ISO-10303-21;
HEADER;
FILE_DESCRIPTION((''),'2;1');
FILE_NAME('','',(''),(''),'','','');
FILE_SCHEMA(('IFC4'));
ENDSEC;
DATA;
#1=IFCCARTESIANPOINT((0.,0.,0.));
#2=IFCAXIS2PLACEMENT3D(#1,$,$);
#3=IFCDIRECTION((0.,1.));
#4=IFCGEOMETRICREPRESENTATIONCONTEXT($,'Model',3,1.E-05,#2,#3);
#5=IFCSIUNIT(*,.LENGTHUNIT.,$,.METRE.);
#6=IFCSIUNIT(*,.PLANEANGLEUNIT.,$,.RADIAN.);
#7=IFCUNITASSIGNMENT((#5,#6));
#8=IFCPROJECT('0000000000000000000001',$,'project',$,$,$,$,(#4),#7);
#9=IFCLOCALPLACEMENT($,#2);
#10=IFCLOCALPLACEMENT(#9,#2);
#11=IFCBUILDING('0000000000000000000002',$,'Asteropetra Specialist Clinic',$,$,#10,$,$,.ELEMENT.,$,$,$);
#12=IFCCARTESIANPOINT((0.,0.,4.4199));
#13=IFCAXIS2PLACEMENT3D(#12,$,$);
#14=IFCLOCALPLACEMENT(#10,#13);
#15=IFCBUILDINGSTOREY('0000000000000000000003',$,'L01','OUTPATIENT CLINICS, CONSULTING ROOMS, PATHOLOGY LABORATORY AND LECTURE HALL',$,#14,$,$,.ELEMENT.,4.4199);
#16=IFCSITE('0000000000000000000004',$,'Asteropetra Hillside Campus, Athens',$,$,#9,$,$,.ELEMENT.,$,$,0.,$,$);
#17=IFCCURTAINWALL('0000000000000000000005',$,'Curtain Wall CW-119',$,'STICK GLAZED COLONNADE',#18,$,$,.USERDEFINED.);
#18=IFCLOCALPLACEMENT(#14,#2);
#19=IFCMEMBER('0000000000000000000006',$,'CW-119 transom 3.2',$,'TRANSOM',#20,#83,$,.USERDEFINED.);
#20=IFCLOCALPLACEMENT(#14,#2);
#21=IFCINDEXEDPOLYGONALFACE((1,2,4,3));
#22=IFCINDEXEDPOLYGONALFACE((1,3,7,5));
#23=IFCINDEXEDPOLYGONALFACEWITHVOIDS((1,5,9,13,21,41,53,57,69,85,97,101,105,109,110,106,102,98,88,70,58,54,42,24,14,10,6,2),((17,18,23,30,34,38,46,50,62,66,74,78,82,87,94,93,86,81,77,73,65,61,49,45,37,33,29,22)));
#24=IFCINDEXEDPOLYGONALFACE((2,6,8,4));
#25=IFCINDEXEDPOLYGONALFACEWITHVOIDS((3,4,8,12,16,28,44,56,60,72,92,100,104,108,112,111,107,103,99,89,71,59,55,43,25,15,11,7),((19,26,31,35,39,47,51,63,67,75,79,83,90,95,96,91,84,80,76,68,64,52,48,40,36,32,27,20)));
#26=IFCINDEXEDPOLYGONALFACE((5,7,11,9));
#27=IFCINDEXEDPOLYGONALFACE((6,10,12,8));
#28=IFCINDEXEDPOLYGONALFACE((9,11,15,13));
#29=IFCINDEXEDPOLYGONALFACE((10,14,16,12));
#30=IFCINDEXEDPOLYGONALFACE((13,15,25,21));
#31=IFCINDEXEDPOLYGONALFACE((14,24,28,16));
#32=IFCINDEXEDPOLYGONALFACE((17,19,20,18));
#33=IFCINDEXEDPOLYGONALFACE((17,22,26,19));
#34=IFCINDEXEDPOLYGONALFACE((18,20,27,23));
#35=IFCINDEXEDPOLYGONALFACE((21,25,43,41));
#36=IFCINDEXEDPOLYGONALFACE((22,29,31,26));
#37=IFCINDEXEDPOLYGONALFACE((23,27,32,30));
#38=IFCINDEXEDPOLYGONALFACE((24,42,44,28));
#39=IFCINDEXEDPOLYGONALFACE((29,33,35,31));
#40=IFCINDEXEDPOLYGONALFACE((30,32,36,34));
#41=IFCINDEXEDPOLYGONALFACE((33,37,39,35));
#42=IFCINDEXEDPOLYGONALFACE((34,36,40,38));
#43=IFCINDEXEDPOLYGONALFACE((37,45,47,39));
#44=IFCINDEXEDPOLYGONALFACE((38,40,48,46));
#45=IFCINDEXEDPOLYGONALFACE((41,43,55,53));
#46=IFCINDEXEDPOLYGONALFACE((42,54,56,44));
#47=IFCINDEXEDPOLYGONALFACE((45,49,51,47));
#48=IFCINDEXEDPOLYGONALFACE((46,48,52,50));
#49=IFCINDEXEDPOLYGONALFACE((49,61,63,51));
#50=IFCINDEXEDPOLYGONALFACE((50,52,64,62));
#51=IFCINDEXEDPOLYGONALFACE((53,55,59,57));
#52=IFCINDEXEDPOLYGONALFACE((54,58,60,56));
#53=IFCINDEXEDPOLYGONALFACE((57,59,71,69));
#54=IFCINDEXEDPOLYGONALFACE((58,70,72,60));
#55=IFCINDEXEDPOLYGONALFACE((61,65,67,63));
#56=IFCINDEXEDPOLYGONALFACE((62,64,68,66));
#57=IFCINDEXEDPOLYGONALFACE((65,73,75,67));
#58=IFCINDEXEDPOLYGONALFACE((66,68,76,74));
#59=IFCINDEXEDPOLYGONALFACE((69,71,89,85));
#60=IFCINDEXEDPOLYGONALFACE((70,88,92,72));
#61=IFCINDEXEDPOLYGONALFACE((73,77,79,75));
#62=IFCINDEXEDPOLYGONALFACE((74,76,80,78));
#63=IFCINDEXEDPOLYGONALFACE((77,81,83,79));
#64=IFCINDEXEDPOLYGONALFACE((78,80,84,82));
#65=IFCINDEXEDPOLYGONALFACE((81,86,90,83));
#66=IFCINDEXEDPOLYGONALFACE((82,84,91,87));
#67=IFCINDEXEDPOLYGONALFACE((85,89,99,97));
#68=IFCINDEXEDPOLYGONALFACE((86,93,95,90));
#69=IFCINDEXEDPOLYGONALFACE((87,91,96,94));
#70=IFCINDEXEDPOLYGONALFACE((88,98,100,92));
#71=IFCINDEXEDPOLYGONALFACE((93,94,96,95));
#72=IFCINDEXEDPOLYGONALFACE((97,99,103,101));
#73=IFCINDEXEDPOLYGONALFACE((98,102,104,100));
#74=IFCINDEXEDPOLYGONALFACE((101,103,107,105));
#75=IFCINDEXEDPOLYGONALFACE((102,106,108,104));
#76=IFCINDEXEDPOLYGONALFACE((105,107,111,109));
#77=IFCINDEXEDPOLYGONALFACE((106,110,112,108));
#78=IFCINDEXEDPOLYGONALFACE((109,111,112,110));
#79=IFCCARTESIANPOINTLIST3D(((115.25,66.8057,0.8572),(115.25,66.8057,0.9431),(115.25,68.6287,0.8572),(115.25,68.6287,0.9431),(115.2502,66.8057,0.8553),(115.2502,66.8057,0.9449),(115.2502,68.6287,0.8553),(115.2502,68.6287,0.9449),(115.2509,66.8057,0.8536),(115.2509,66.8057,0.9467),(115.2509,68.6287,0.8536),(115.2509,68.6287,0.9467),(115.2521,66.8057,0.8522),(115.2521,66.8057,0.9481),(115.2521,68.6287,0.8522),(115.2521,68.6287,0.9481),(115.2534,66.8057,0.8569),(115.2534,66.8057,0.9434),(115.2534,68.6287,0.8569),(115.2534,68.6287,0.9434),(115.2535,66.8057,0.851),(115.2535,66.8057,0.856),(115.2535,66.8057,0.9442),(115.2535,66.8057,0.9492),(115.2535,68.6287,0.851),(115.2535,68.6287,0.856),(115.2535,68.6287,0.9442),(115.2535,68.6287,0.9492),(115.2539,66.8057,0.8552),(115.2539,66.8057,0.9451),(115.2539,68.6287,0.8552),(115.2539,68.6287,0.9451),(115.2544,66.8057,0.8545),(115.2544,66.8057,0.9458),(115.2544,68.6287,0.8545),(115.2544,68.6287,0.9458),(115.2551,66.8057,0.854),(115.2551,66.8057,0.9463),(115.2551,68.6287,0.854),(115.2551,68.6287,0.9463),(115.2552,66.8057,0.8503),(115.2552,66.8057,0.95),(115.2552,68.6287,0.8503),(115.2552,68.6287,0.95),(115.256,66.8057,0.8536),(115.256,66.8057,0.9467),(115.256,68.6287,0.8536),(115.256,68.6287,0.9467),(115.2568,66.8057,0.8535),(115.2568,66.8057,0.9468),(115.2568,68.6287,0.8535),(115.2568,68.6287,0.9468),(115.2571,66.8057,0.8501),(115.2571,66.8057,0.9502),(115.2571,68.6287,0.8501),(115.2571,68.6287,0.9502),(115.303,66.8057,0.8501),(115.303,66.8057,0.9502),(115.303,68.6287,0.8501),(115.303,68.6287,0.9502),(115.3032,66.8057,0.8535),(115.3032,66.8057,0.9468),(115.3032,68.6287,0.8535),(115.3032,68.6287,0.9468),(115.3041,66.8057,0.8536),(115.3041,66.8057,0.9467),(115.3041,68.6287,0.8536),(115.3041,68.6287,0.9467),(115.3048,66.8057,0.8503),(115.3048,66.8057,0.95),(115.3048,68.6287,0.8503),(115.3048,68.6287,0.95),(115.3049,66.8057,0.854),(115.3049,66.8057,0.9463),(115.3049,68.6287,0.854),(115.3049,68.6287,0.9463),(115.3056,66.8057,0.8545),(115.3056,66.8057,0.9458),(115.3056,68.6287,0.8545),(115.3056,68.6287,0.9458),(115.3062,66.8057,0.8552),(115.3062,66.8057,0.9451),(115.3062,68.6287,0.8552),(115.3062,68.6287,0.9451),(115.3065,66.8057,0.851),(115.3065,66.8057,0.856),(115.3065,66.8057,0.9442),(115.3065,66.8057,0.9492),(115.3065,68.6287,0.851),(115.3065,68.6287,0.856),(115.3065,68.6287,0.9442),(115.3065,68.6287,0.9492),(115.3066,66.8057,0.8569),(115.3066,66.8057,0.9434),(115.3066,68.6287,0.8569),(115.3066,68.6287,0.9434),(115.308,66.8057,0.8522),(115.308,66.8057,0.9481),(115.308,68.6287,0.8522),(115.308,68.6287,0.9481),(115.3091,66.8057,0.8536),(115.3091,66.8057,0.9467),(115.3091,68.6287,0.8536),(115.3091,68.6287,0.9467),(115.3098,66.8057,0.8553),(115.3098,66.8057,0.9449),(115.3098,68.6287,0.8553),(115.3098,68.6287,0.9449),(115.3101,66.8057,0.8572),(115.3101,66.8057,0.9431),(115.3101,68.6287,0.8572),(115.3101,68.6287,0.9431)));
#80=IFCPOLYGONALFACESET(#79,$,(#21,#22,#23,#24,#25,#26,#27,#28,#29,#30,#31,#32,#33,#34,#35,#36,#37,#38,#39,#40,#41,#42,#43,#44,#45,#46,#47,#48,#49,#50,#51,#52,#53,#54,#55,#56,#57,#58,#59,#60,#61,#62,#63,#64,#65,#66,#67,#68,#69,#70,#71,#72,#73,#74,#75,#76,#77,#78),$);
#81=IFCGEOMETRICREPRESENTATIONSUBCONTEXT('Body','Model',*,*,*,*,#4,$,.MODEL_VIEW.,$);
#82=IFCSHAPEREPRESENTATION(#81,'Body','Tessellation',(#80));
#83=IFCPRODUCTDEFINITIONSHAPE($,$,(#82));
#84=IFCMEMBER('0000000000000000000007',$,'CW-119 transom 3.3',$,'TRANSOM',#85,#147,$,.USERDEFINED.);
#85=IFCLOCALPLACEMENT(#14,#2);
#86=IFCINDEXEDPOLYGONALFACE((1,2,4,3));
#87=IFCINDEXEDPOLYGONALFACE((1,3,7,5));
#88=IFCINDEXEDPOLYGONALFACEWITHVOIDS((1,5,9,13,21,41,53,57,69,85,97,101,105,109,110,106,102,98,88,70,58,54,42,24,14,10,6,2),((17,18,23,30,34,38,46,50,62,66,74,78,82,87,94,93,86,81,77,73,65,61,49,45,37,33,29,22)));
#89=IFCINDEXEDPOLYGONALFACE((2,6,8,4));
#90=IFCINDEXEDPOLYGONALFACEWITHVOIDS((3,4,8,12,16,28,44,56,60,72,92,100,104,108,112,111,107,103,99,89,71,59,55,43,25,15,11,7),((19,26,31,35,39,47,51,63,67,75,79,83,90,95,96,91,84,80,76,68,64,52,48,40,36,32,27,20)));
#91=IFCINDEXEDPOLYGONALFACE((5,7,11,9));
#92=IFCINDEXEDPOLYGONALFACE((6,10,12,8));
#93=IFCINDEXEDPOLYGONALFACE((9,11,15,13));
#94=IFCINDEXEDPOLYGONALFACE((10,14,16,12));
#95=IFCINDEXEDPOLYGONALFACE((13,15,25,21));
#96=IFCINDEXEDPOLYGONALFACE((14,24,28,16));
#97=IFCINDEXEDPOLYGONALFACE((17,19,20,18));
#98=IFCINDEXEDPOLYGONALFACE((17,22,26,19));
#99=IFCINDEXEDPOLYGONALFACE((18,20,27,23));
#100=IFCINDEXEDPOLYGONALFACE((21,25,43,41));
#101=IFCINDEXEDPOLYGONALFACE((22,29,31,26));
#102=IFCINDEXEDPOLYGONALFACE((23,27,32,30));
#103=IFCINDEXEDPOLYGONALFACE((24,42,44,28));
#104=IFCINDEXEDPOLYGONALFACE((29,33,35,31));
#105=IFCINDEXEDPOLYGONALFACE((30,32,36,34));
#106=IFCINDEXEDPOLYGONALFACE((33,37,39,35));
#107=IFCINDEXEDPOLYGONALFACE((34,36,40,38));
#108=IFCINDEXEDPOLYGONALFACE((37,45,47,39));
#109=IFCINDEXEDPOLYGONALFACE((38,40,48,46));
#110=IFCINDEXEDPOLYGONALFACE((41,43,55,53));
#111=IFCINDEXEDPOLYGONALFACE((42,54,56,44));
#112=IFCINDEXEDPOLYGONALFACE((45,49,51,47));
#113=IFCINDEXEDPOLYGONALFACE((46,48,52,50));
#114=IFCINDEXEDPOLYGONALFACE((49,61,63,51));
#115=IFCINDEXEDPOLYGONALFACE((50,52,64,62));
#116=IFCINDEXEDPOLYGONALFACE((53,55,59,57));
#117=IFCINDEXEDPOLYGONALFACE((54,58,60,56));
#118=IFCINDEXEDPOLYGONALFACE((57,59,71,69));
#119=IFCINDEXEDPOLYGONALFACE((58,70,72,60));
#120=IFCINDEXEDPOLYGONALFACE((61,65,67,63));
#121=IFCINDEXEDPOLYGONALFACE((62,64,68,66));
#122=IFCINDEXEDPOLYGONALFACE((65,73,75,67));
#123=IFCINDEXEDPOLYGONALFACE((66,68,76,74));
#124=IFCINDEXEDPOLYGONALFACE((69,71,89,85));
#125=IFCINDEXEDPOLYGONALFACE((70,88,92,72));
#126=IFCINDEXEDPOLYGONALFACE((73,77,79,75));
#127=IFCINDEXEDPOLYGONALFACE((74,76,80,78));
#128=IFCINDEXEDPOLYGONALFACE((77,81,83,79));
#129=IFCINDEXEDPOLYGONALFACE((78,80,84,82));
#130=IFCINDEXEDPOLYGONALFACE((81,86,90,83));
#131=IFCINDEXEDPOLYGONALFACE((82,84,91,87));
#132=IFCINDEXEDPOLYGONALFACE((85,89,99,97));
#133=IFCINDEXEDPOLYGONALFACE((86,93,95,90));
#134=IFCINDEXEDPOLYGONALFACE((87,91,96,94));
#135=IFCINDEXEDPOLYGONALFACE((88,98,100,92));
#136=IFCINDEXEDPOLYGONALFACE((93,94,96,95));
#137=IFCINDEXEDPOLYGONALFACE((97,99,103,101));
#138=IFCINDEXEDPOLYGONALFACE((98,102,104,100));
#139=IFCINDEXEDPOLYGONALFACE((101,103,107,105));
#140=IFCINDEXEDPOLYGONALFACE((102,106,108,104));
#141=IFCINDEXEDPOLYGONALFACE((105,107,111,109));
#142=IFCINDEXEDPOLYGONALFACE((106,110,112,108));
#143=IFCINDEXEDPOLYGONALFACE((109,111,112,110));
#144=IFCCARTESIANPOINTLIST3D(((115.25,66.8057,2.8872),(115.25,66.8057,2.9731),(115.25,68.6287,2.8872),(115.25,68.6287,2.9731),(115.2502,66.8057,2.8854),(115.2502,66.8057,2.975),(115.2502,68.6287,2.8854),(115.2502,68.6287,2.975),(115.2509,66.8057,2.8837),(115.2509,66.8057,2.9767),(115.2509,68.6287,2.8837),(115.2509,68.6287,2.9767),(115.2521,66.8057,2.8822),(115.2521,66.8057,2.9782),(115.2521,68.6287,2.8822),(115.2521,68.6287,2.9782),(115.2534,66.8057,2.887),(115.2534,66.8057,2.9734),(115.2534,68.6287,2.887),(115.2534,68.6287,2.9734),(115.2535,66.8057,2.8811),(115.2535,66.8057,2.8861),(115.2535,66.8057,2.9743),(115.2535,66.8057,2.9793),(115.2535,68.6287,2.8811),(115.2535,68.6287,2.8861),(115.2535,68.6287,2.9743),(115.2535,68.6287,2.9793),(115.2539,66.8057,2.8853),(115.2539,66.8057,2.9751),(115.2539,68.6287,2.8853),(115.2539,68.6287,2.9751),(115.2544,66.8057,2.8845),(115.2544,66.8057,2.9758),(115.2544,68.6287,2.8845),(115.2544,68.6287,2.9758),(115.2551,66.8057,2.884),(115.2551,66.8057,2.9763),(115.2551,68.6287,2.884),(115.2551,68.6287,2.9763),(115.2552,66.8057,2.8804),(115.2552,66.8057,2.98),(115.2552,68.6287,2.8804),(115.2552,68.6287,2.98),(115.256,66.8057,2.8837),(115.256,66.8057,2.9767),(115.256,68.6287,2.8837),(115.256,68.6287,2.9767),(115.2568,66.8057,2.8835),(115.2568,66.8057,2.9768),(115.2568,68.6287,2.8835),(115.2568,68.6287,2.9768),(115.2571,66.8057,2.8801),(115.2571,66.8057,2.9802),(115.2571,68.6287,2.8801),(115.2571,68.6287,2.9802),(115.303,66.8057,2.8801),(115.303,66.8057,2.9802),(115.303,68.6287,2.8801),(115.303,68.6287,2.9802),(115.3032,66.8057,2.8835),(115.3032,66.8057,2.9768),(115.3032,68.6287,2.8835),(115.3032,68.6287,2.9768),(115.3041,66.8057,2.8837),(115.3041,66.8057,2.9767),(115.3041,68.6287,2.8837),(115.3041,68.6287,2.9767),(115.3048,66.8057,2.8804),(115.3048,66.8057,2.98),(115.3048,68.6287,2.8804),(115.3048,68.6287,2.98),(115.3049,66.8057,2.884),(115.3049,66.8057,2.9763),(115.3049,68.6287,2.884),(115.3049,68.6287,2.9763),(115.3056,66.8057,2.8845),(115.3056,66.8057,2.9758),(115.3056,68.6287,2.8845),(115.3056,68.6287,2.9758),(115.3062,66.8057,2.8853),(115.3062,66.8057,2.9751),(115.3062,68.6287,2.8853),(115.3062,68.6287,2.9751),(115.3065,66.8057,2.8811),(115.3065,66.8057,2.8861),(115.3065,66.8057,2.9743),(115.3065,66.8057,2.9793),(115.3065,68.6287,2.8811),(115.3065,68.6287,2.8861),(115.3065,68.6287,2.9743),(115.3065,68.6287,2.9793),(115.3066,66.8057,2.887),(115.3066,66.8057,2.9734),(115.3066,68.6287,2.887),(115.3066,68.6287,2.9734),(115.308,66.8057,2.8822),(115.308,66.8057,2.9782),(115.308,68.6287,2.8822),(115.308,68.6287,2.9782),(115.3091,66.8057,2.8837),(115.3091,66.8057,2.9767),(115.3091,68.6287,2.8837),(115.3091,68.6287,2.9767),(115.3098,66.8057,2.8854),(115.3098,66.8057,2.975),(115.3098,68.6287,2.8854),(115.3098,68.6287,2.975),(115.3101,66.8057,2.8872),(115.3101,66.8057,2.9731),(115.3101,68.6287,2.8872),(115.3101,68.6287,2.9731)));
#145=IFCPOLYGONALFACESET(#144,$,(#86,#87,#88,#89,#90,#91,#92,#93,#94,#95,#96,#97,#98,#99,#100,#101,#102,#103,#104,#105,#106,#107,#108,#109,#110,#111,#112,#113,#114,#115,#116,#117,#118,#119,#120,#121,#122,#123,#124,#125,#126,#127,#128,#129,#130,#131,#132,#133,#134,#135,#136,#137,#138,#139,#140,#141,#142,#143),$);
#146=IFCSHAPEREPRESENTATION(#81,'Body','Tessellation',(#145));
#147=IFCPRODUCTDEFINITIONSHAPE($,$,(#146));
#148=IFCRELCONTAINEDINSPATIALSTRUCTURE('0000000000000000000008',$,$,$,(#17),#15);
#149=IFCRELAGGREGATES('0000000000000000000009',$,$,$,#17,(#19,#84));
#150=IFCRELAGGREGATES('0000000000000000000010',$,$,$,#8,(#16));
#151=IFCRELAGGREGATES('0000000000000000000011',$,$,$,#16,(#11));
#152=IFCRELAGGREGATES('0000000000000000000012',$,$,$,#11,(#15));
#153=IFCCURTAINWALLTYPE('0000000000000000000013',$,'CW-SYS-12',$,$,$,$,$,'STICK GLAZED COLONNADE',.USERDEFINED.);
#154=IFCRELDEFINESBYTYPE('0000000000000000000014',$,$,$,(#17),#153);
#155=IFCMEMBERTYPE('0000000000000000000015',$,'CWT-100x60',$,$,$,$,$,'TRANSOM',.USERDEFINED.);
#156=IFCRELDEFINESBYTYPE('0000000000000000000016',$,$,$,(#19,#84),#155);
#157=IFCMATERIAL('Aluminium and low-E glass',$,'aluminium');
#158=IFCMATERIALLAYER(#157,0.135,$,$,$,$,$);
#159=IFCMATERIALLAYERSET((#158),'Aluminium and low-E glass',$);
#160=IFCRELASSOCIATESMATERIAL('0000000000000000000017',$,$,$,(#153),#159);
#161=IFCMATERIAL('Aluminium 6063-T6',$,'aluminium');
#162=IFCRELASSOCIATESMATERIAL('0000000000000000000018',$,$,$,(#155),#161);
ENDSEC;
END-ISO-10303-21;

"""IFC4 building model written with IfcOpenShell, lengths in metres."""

from ifc_helpers import new_model, si_unit, direction, frame, origin, origin_2d, place, context, subcontext, project, spatial, hollow_rectangle, extrude, material, layer, layer_set, material_profile, profile_set, type_object, element, aggregate, save


model = new_model("IFC4")

# Units and contexts
model_context = context("Model", 3, precision=1e-05, world=origin(), true_north=direction((0.0, 1.0)))
body_context = subcontext(model_context, "Body", "Model", "MODEL_VIEW")
ifc_project = project(units=[si_unit("LENGTHUNIT", "METRE"), si_unit("PLANEANGLEUNIT", "RADIAN")], contexts=[model_context])

# Site, building, storey
site_placement = place(None, origin())
site = spatial("IfcSite", under=ifc_project, at=site_placement, Name="Asteropetra Hillside Campus, Athens", CompositionType="ELEMENT", RefElevation=0.0)
building_placement = place(site_placement, origin())
building = spatial("IfcBuilding", under=site, at=building_placement, Name="Asteropetra Specialist Clinic", CompositionType="ELEMENT")
storey_placement = place(building_placement, frame((0.0, 0.0, 4.4199)))
storey = spatial("IfcBuildingStorey", under=building, at=storey_placement, Name="L01", Description="OUTPATIENT CLINICS, CONSULTING ROOMS, PATHOLOGY LABORATORY AND LECTURE HALL", CompositionType="ELEMENT", Elevation=4.4199)

# Curtain wall, members
ifc_material_1 = material(Name="Aluminium and low-E glass", Category="aluminium")
ifc_layer_1 = layer(ifc_material_1, 0.135)
ifc_layer_set_1 = layer_set([ifc_layer_1], Name="Aluminium and low-E glass")
curtain_wall_type = type_object("IfcCurtainWallType", Name="CW-SYS-12", ElementType="STICK GLAZED COLONNADE", PredefinedType="USERDEFINED", material=ifc_layer_set_1)
curtain_wall_placement = place(storey_placement, origin())
curtain_wall = element("IfcCurtainWall", 1, at=curtain_wall_placement, inside=storey, type_object=curtain_wall_type, Name="Curtain Wall CW-119", ObjectType="STICK GLAZED COLONNADE", PredefinedType="USERDEFINED")
ifc_material_2 = material(Name="Aluminium 6063-T6", Category="aluminium")
ifc_material_profile_1 = material_profile(ifc_material_2, hollow_rectangle(XDim=0.0601, YDim=0.1001, WallThickness=0.0034, InnerFilletRadius=0.0034, OuterFilletRadius=0.0071, at=origin_2d()), Name="TRN 100x60x3.5")
ifc_profile_set_1 = profile_set([ifc_material_profile_1], Name="Aluminium 6063-T6")
member_type_1 = type_object("IfcMemberType", Name="CWT-100x60", ElementType="TRANSOM", PredefinedType="USERDEFINED", material=ifc_profile_set_1)
member_1_placement = place(storey_placement, frame((115.28, 66.8057, 0.9001), z_axis=(0.0, 1.0, 0.0), x_axis=(-1.0, 0.0, 0.0)))
member_1 = element("IfcMember", 2, at=member_1_placement, type_object=member_type_1, Name="CW-119 transom 3.2", ObjectType="TRANSOM", PredefinedType="USERDEFINED", context=body_context, shape_type="SweptSolid", body=[
    extrude(hollow_rectangle(XDim=0.0601, YDim=0.1001, WallThickness=0.0034, InnerFilletRadius=0.0034, OuterFilletRadius=0.0071, at=origin_2d()), origin(), (0.0, 0.0, 1.0), 1.823),
])
member_2_placement = place(storey_placement, frame((115.28, 66.8057, 2.9302), z_axis=(0.0, 1.0, 0.0), x_axis=(-1.0, 0.0, 0.0)))
member_2 = element("IfcMember", 3, at=member_2_placement, type_object=member_type_1, Name="CW-119 transom 3.3", ObjectType="TRANSOM", PredefinedType="USERDEFINED", context=body_context, shape_type="SweptSolid", body=[
    extrude(hollow_rectangle(XDim=0.0601, YDim=0.1001, WallThickness=0.0034, InnerFilletRadius=0.0034, OuterFilletRadius=0.0071, at=origin_2d()), origin(), (0.0, 0.0, 1.0), 1.823),
])

aggregate(curtain_wall, [member_1, member_2])

save(model, "model.ifc")
